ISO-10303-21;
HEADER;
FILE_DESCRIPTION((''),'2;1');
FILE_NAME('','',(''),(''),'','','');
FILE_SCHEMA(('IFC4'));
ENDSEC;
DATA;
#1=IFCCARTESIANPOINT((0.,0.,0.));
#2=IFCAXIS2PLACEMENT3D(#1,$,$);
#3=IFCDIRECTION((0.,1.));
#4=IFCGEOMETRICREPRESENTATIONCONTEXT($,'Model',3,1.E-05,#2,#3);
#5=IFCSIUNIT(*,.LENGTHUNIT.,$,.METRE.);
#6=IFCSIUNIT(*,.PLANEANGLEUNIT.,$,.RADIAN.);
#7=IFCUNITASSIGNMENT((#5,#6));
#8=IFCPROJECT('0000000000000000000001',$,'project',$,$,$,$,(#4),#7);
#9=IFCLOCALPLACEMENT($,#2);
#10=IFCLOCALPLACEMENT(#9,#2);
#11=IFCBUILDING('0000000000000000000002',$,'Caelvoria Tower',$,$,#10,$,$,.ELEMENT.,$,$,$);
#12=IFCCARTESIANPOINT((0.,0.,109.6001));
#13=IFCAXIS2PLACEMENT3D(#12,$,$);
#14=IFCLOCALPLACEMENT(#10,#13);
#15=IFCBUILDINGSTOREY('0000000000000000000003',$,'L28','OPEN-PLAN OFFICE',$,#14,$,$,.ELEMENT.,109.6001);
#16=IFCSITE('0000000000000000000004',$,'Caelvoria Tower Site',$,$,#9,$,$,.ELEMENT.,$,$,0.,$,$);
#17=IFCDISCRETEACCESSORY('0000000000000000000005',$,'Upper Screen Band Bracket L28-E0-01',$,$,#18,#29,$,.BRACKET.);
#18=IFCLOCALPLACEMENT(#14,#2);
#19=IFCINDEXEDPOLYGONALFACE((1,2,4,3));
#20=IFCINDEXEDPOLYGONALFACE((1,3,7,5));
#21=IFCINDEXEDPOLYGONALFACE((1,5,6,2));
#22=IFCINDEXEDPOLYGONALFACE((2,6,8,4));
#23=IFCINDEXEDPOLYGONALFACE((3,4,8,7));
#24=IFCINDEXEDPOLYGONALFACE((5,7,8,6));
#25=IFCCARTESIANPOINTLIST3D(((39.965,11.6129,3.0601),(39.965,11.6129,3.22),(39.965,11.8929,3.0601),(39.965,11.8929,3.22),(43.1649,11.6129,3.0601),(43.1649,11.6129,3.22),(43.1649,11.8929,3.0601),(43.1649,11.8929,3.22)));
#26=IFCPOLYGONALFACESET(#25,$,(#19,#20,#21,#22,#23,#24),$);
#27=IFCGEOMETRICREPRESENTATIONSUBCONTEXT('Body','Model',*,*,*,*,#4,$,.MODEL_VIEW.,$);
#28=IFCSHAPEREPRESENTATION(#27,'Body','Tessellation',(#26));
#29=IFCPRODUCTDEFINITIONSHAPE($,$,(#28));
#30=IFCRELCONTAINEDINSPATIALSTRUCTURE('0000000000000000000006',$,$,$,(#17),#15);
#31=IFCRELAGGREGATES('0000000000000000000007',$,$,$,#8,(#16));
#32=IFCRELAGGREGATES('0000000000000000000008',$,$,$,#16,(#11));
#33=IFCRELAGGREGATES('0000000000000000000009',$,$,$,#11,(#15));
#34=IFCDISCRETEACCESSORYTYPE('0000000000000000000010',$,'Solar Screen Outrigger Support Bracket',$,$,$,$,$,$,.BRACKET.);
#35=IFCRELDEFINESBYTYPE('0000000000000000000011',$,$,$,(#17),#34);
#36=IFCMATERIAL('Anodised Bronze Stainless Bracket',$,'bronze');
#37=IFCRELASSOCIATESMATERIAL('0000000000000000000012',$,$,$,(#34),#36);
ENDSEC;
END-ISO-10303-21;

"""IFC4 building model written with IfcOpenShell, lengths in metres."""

from ifc_helpers import new_model, si_unit, direction, frame, origin, origin_2d, place, context, subcontext, project, spatial, rectangle, extrude, material, type_object, element, save


model = new_model("IFC4")

# Units and contexts
model_context = context("Model", 3, precision=1e-05, world=origin(), true_north=direction((0.0, 1.0)))
body_context = subcontext(model_context, "Body", "Model", "MODEL_VIEW")
ifc_project = project(units=[si_unit("LENGTHUNIT", "METRE"), si_unit("PLANEANGLEUNIT", "RADIAN")], contexts=[model_context])

# Site, building, storey
site_placement = place(None, origin())
site = spatial("IfcSite", under=ifc_project, at=site_placement, Name="Caelvoria Tower Site", CompositionType="ELEMENT", RefElevation=0.0)
building_placement = place(site_placement, origin())
building = spatial("IfcBuilding", under=site, at=building_placement, Name="Caelvoria Tower", CompositionType="ELEMENT")
storey_placement = place(building_placement, frame((0.0, 0.0, 109.6001)))
storey = spatial("IfcBuildingStorey", under=building, at=storey_placement, Name="L28", Description="OPEN-PLAN OFFICE", CompositionType="ELEMENT", Elevation=109.6001)

# Discrete accessory
ifc_material_1 = material(Name="Anodised Bronze Stainless Bracket", Category="bronze")
discrete_accessory_type = type_object("IfcDiscreteAccessoryType", Name="Solar Screen Outrigger Support Bracket", PredefinedType="BRACKET", material=ifc_material_1)
for number, where, z_axis, x_axis, name in (
    (1, (41.5649, 11.7529, 3.0601), (0.0, 0.0, 1.0), (1.0, 0.0, 0.0), "Upper Screen Band Bracket L28-E0-01"),
):
    element("IfcDiscreteAccessory", number, at=place(storey_placement, frame(where, z_axis=z_axis, x_axis=x_axis)), inside=storey, type_object=discrete_accessory_type, Name=name, PredefinedType="BRACKET", context=body_context, shape_type="SweptSolid", body=[
        extrude(rectangle(XDim=3.2, YDim=0.28, at=origin_2d()), origin(), (0.0, 0.0, 1.0), 0.1599),
    ])

save(model, "model.ifc")
